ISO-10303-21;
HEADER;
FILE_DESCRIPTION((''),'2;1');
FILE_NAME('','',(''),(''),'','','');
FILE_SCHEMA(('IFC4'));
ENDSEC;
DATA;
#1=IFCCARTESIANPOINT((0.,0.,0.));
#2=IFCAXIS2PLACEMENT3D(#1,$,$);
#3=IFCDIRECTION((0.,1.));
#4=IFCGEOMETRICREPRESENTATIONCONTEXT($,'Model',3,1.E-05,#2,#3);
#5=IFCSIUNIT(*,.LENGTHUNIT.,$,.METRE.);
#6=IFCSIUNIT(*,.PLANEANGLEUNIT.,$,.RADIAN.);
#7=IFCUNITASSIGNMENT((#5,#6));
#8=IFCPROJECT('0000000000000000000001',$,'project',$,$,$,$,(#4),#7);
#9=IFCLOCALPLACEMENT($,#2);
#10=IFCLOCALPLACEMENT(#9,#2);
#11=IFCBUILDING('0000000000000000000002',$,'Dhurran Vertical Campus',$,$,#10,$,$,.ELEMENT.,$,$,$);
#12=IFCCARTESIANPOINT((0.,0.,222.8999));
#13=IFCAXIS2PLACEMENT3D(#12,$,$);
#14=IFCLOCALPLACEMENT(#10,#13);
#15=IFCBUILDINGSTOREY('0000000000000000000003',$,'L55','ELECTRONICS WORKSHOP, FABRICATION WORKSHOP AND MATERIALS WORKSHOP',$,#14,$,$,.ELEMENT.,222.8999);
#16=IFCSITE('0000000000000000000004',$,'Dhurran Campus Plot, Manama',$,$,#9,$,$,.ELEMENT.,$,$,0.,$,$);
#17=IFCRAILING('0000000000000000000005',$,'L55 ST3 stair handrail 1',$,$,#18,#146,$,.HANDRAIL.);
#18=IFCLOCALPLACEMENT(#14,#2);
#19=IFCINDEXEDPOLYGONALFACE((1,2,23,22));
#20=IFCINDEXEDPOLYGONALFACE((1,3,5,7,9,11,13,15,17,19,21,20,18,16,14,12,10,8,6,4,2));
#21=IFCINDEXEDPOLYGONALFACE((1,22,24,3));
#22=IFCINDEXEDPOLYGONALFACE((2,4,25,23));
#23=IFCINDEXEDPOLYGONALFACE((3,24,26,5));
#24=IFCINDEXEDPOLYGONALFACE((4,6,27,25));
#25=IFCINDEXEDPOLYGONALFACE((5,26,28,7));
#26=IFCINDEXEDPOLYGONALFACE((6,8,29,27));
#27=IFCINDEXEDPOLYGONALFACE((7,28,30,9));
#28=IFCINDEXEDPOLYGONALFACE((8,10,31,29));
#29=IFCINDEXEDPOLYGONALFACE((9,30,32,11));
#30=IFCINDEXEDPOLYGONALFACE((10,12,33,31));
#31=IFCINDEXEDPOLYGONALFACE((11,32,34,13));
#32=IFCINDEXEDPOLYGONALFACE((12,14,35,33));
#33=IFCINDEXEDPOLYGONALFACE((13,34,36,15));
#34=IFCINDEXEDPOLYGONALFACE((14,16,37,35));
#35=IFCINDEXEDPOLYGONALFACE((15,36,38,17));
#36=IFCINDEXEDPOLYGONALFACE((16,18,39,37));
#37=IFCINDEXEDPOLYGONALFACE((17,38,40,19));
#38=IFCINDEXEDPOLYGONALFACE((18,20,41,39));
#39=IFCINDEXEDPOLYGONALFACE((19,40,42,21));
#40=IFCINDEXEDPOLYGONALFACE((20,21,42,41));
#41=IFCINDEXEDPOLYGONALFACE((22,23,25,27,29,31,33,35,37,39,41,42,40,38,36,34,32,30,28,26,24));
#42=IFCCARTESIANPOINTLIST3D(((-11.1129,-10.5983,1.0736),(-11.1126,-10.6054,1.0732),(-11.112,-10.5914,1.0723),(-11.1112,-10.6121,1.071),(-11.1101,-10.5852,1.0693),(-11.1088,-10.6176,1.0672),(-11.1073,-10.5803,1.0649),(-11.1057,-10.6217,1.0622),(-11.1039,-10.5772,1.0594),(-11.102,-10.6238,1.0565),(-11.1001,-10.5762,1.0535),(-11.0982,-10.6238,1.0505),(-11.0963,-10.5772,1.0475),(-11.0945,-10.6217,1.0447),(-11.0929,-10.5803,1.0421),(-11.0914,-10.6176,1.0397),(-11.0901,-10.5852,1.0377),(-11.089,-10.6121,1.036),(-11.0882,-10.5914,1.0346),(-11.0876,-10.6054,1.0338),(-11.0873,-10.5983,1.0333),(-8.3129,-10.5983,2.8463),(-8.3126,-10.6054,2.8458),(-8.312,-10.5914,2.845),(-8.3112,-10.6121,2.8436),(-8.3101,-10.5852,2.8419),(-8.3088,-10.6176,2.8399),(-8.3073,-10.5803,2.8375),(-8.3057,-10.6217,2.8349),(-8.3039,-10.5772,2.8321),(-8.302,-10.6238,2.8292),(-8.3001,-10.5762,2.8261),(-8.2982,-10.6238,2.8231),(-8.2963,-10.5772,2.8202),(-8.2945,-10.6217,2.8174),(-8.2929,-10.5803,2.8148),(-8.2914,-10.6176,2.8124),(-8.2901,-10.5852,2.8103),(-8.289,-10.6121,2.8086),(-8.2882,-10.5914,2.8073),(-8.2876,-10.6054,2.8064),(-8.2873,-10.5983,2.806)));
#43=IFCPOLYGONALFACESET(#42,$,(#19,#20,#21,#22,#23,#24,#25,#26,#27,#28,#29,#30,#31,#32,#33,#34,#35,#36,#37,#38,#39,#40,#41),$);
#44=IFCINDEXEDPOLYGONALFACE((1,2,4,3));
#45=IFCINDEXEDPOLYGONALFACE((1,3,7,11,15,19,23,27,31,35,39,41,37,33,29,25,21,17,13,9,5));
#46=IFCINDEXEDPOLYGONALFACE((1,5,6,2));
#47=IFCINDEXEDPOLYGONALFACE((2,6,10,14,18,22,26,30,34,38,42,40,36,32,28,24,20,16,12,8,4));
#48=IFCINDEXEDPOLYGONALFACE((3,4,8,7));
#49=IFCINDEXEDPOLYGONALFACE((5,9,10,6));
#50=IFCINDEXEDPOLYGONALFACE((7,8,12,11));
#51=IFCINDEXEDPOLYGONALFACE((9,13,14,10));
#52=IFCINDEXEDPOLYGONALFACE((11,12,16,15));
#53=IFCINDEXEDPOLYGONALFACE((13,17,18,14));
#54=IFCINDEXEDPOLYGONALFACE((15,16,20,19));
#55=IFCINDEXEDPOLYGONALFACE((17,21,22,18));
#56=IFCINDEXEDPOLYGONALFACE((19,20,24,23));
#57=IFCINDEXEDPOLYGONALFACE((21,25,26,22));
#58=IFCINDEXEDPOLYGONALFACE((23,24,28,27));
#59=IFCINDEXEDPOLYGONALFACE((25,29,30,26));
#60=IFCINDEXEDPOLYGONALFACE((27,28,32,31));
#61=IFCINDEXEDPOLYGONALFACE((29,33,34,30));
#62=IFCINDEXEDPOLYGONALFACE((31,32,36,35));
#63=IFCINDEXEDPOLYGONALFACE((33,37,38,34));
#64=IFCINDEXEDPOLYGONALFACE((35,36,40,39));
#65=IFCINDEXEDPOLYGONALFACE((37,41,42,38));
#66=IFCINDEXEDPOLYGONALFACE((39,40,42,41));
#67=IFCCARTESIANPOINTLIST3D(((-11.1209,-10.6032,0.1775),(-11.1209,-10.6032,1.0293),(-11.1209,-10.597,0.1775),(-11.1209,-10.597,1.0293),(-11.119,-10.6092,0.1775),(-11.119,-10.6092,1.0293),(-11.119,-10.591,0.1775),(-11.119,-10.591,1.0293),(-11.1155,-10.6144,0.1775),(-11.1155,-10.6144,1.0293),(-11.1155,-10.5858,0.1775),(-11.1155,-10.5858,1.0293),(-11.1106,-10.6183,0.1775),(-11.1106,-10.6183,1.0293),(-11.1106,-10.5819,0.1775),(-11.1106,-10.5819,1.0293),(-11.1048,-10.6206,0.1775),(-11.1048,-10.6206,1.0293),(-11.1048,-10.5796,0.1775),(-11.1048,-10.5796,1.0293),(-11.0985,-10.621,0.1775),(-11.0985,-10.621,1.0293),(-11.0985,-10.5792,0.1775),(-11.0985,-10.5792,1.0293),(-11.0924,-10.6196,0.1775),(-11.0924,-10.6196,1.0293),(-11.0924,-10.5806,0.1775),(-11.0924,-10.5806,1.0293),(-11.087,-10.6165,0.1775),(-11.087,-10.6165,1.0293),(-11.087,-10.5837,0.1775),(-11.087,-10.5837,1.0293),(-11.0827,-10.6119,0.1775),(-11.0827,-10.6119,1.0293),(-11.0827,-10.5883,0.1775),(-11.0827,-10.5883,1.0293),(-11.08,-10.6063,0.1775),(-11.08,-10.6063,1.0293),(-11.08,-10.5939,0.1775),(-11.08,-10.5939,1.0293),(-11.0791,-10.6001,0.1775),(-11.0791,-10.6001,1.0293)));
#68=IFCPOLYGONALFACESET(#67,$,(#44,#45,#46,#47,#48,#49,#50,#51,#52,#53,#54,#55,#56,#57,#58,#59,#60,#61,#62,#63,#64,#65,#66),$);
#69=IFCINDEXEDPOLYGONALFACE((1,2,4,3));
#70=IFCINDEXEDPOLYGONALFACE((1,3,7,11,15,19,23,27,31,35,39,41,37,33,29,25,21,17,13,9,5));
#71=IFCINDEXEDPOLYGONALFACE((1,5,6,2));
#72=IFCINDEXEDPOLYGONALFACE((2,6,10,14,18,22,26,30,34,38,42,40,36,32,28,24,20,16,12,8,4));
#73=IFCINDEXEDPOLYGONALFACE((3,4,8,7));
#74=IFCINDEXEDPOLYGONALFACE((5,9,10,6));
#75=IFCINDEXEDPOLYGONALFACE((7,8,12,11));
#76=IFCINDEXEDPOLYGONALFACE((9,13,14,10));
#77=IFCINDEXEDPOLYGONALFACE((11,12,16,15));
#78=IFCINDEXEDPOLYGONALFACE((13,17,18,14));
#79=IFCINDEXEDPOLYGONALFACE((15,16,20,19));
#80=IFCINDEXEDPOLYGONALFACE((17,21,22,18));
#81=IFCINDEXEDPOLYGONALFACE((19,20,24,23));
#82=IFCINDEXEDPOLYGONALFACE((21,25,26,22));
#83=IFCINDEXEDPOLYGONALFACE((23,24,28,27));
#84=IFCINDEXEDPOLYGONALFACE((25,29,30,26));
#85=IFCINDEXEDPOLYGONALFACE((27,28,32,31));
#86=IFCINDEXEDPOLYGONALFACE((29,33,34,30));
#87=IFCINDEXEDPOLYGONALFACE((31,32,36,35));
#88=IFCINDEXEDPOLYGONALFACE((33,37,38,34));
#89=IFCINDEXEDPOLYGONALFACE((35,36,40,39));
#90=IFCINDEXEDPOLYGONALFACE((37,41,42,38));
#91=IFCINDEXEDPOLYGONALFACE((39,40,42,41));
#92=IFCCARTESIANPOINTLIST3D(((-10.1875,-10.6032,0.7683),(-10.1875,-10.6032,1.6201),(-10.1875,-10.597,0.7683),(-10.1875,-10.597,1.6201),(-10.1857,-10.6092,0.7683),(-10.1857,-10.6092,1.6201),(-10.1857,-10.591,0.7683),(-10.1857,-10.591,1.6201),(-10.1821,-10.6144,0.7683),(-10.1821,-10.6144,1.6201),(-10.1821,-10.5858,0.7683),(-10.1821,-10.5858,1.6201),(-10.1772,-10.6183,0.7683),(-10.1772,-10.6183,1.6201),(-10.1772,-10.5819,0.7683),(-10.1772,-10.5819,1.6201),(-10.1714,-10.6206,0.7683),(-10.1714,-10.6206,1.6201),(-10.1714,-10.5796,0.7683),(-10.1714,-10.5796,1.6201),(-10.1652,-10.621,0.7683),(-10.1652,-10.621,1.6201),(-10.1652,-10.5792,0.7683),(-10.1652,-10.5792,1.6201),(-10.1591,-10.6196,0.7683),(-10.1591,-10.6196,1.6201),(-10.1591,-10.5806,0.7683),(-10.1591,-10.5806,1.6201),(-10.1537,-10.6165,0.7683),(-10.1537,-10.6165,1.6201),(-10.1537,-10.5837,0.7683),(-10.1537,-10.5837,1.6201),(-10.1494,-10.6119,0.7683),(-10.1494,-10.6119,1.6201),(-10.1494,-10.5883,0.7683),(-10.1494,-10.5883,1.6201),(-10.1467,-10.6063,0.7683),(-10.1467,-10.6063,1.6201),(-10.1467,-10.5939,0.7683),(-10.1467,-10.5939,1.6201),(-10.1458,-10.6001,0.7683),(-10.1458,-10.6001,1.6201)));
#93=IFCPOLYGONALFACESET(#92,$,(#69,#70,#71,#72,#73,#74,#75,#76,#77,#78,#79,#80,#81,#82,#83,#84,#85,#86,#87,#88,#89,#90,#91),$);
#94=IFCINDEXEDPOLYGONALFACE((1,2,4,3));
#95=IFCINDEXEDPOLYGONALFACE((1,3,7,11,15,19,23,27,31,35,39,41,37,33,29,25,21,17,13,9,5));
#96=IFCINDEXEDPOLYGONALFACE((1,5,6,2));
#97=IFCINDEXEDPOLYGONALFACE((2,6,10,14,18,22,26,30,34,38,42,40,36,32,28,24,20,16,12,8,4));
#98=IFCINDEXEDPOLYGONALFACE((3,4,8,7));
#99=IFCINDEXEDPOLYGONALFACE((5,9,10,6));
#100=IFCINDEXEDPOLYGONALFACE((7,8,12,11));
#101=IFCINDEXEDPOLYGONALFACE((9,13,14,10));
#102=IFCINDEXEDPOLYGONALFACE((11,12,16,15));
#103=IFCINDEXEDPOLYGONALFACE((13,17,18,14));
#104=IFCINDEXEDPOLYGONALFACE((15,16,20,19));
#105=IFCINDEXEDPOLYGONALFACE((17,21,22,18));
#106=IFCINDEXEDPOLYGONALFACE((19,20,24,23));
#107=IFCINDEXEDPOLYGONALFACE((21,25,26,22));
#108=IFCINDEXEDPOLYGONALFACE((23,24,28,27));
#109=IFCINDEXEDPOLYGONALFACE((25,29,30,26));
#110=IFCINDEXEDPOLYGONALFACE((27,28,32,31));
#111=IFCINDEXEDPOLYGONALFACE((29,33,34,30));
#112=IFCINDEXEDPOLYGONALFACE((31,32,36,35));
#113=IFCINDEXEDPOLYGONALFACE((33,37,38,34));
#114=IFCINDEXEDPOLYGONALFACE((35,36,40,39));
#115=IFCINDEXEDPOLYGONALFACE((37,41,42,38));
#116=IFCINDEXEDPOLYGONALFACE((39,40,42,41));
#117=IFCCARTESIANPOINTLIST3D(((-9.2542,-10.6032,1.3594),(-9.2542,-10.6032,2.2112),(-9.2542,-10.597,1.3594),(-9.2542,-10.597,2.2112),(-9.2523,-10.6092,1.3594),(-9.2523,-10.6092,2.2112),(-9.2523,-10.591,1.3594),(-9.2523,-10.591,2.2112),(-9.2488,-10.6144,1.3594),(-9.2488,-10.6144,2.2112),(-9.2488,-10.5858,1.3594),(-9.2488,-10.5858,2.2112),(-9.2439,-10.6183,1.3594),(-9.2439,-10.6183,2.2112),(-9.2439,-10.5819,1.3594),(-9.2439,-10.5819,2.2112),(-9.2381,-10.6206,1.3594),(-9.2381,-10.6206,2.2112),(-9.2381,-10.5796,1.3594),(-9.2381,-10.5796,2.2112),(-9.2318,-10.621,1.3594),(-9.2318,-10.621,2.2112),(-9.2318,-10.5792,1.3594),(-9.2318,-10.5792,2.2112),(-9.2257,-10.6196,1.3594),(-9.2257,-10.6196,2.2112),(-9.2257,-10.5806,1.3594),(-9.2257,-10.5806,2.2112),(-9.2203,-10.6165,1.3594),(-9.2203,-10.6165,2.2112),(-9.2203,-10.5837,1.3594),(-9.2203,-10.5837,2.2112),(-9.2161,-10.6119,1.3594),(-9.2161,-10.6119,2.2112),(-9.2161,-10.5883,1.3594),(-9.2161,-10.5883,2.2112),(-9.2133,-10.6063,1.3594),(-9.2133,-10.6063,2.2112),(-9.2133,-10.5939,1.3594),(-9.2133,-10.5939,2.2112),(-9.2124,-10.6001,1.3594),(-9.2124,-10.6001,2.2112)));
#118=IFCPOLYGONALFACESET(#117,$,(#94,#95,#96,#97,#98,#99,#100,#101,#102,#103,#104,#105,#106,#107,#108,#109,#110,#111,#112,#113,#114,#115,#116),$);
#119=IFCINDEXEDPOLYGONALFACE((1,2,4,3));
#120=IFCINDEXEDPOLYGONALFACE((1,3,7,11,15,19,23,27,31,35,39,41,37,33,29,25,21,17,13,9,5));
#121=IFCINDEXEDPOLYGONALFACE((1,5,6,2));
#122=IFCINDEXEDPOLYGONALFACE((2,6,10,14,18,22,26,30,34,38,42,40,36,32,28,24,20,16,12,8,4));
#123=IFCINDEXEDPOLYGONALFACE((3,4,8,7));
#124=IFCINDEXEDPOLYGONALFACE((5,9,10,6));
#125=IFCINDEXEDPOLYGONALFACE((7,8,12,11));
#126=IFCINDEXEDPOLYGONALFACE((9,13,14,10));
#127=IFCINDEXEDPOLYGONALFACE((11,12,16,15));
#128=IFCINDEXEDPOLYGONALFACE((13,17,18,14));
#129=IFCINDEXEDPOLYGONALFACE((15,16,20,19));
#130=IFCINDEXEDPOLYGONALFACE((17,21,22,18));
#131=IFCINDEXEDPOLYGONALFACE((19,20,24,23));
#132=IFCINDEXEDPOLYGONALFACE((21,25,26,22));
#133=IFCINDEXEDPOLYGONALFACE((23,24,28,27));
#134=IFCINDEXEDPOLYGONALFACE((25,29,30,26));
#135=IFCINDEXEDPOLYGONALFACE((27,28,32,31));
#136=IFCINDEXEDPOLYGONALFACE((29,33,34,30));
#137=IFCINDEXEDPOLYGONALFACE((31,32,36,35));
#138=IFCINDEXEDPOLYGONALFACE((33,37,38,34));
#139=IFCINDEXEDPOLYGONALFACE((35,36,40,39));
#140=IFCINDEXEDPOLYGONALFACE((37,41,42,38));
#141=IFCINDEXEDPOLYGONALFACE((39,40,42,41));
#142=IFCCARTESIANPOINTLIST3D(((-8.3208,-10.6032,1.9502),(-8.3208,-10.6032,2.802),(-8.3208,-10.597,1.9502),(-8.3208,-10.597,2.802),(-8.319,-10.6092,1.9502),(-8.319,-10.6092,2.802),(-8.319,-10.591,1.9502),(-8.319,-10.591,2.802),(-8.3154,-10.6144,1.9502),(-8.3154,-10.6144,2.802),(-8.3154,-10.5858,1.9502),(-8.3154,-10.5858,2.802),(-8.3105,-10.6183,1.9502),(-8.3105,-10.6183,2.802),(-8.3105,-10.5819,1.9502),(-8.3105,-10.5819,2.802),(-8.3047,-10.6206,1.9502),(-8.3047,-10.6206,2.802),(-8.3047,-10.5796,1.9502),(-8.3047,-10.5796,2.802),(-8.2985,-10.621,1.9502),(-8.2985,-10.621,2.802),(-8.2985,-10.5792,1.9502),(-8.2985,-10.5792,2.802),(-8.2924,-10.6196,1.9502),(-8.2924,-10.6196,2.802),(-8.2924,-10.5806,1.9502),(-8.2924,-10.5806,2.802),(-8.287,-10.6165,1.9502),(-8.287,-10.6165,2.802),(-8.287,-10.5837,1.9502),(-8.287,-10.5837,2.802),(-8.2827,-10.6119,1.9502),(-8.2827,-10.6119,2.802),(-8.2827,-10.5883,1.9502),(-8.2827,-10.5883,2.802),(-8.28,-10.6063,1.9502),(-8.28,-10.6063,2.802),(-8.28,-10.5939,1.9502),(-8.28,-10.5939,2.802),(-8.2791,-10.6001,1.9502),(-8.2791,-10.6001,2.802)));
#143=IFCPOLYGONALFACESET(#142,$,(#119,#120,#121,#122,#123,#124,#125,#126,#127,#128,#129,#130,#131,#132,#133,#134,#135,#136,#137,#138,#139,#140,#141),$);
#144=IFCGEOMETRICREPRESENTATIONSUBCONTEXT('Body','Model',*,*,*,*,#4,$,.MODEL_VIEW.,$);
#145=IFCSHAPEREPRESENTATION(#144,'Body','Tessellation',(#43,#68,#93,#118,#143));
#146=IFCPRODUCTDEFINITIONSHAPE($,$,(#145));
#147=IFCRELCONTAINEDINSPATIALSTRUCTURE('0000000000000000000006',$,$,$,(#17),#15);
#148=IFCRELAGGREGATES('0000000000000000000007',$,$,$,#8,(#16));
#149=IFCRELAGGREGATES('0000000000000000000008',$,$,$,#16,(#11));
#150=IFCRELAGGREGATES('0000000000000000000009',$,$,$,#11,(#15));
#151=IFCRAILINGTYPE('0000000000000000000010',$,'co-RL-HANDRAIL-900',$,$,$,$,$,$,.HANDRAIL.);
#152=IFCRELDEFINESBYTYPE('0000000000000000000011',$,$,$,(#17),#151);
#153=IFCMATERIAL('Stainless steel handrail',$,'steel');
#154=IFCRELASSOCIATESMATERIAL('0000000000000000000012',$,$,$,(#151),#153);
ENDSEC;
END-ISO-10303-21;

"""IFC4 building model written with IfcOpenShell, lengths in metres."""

from ifc_helpers import new_model, si_unit, direction, frame, origin, origin_2d, place, context, subcontext, project, spatial, circle, extrude, material, type_object, element, save


model = new_model("IFC4")

# Units and contexts
model_context = context("Model", 3, precision=1e-05, world=origin(), true_north=direction((0.0, 1.0)))
body_context = subcontext(model_context, "Body", "Model", "MODEL_VIEW")
ifc_project = project(units=[si_unit("LENGTHUNIT", "METRE"), si_unit("PLANEANGLEUNIT", "RADIAN")], contexts=[model_context])

# Site, building, storey
site_placement = place(None, origin())
site = spatial("IfcSite", under=ifc_project, at=site_placement, Name="Dhurran Campus Plot, Manama", CompositionType="ELEMENT", RefElevation=0.0)
building_placement = place(site_placement, origin())
building = spatial("IfcBuilding", under=site, at=building_placement, Name="Dhurran Vertical Campus", CompositionType="ELEMENT")
storey_placement = place(building_placement, frame((0.0, 0.0, 222.8999)))
storey = spatial("IfcBuildingStorey", under=building, at=storey_placement, Name="L55", Description="ELECTRONICS WORKSHOP, FABRICATION WORKSHOP AND MATERIALS WORKSHOP", CompositionType="ELEMENT", Elevation=222.8999)

# Railing
ifc_material_1 = material(Name="Stainless steel handrail", Category="steel")
railing_type_1 = type_object("IfcRailingType", Name="co-RL-HANDRAIL-900", PredefinedType="HANDRAIL", material=ifc_material_1)
railing_1_placement = place(storey_placement, frame((-11.1001, -10.6001, 0.1775)))
element("IfcRailing", 1, at=railing_1_placement, inside=storey, type_object=railing_type_1, Name="L55 ST3 stair handrail 1", PredefinedType="HANDRAIL", context=body_context, shape_type="SweptSolid", body=[
    extrude(circle(Radius=0.0239, at=origin_2d()), frame((0.0, 0.0, 0.876), z_axis=(0.844909, 0.0, 0.53491), x_axis=(0.0, 1.0, 0.0)), (0.0, 0.0, 1.0), 3.314),
    extrude(circle(Radius=0.021, at=origin_2d()), origin(), (0.0, 0.0, 1.0), 0.8518),
    extrude(circle(Radius=0.021, at=origin_2d()), frame((0.9333, 0.0, 0.5908)), (0.0, 0.0, 1.0), 0.8518),
    extrude(circle(Radius=0.021, at=origin_2d()), frame((1.8667, 0.0, 1.1819)), (0.0, 0.0, 1.0), 0.8518),
    extrude(circle(Radius=0.021, at=origin_2d()), frame((2.8, 0.0, 1.7727)), (0.0, 0.0, 1.0), 0.8518),
])

save(model, "model.ifc")
